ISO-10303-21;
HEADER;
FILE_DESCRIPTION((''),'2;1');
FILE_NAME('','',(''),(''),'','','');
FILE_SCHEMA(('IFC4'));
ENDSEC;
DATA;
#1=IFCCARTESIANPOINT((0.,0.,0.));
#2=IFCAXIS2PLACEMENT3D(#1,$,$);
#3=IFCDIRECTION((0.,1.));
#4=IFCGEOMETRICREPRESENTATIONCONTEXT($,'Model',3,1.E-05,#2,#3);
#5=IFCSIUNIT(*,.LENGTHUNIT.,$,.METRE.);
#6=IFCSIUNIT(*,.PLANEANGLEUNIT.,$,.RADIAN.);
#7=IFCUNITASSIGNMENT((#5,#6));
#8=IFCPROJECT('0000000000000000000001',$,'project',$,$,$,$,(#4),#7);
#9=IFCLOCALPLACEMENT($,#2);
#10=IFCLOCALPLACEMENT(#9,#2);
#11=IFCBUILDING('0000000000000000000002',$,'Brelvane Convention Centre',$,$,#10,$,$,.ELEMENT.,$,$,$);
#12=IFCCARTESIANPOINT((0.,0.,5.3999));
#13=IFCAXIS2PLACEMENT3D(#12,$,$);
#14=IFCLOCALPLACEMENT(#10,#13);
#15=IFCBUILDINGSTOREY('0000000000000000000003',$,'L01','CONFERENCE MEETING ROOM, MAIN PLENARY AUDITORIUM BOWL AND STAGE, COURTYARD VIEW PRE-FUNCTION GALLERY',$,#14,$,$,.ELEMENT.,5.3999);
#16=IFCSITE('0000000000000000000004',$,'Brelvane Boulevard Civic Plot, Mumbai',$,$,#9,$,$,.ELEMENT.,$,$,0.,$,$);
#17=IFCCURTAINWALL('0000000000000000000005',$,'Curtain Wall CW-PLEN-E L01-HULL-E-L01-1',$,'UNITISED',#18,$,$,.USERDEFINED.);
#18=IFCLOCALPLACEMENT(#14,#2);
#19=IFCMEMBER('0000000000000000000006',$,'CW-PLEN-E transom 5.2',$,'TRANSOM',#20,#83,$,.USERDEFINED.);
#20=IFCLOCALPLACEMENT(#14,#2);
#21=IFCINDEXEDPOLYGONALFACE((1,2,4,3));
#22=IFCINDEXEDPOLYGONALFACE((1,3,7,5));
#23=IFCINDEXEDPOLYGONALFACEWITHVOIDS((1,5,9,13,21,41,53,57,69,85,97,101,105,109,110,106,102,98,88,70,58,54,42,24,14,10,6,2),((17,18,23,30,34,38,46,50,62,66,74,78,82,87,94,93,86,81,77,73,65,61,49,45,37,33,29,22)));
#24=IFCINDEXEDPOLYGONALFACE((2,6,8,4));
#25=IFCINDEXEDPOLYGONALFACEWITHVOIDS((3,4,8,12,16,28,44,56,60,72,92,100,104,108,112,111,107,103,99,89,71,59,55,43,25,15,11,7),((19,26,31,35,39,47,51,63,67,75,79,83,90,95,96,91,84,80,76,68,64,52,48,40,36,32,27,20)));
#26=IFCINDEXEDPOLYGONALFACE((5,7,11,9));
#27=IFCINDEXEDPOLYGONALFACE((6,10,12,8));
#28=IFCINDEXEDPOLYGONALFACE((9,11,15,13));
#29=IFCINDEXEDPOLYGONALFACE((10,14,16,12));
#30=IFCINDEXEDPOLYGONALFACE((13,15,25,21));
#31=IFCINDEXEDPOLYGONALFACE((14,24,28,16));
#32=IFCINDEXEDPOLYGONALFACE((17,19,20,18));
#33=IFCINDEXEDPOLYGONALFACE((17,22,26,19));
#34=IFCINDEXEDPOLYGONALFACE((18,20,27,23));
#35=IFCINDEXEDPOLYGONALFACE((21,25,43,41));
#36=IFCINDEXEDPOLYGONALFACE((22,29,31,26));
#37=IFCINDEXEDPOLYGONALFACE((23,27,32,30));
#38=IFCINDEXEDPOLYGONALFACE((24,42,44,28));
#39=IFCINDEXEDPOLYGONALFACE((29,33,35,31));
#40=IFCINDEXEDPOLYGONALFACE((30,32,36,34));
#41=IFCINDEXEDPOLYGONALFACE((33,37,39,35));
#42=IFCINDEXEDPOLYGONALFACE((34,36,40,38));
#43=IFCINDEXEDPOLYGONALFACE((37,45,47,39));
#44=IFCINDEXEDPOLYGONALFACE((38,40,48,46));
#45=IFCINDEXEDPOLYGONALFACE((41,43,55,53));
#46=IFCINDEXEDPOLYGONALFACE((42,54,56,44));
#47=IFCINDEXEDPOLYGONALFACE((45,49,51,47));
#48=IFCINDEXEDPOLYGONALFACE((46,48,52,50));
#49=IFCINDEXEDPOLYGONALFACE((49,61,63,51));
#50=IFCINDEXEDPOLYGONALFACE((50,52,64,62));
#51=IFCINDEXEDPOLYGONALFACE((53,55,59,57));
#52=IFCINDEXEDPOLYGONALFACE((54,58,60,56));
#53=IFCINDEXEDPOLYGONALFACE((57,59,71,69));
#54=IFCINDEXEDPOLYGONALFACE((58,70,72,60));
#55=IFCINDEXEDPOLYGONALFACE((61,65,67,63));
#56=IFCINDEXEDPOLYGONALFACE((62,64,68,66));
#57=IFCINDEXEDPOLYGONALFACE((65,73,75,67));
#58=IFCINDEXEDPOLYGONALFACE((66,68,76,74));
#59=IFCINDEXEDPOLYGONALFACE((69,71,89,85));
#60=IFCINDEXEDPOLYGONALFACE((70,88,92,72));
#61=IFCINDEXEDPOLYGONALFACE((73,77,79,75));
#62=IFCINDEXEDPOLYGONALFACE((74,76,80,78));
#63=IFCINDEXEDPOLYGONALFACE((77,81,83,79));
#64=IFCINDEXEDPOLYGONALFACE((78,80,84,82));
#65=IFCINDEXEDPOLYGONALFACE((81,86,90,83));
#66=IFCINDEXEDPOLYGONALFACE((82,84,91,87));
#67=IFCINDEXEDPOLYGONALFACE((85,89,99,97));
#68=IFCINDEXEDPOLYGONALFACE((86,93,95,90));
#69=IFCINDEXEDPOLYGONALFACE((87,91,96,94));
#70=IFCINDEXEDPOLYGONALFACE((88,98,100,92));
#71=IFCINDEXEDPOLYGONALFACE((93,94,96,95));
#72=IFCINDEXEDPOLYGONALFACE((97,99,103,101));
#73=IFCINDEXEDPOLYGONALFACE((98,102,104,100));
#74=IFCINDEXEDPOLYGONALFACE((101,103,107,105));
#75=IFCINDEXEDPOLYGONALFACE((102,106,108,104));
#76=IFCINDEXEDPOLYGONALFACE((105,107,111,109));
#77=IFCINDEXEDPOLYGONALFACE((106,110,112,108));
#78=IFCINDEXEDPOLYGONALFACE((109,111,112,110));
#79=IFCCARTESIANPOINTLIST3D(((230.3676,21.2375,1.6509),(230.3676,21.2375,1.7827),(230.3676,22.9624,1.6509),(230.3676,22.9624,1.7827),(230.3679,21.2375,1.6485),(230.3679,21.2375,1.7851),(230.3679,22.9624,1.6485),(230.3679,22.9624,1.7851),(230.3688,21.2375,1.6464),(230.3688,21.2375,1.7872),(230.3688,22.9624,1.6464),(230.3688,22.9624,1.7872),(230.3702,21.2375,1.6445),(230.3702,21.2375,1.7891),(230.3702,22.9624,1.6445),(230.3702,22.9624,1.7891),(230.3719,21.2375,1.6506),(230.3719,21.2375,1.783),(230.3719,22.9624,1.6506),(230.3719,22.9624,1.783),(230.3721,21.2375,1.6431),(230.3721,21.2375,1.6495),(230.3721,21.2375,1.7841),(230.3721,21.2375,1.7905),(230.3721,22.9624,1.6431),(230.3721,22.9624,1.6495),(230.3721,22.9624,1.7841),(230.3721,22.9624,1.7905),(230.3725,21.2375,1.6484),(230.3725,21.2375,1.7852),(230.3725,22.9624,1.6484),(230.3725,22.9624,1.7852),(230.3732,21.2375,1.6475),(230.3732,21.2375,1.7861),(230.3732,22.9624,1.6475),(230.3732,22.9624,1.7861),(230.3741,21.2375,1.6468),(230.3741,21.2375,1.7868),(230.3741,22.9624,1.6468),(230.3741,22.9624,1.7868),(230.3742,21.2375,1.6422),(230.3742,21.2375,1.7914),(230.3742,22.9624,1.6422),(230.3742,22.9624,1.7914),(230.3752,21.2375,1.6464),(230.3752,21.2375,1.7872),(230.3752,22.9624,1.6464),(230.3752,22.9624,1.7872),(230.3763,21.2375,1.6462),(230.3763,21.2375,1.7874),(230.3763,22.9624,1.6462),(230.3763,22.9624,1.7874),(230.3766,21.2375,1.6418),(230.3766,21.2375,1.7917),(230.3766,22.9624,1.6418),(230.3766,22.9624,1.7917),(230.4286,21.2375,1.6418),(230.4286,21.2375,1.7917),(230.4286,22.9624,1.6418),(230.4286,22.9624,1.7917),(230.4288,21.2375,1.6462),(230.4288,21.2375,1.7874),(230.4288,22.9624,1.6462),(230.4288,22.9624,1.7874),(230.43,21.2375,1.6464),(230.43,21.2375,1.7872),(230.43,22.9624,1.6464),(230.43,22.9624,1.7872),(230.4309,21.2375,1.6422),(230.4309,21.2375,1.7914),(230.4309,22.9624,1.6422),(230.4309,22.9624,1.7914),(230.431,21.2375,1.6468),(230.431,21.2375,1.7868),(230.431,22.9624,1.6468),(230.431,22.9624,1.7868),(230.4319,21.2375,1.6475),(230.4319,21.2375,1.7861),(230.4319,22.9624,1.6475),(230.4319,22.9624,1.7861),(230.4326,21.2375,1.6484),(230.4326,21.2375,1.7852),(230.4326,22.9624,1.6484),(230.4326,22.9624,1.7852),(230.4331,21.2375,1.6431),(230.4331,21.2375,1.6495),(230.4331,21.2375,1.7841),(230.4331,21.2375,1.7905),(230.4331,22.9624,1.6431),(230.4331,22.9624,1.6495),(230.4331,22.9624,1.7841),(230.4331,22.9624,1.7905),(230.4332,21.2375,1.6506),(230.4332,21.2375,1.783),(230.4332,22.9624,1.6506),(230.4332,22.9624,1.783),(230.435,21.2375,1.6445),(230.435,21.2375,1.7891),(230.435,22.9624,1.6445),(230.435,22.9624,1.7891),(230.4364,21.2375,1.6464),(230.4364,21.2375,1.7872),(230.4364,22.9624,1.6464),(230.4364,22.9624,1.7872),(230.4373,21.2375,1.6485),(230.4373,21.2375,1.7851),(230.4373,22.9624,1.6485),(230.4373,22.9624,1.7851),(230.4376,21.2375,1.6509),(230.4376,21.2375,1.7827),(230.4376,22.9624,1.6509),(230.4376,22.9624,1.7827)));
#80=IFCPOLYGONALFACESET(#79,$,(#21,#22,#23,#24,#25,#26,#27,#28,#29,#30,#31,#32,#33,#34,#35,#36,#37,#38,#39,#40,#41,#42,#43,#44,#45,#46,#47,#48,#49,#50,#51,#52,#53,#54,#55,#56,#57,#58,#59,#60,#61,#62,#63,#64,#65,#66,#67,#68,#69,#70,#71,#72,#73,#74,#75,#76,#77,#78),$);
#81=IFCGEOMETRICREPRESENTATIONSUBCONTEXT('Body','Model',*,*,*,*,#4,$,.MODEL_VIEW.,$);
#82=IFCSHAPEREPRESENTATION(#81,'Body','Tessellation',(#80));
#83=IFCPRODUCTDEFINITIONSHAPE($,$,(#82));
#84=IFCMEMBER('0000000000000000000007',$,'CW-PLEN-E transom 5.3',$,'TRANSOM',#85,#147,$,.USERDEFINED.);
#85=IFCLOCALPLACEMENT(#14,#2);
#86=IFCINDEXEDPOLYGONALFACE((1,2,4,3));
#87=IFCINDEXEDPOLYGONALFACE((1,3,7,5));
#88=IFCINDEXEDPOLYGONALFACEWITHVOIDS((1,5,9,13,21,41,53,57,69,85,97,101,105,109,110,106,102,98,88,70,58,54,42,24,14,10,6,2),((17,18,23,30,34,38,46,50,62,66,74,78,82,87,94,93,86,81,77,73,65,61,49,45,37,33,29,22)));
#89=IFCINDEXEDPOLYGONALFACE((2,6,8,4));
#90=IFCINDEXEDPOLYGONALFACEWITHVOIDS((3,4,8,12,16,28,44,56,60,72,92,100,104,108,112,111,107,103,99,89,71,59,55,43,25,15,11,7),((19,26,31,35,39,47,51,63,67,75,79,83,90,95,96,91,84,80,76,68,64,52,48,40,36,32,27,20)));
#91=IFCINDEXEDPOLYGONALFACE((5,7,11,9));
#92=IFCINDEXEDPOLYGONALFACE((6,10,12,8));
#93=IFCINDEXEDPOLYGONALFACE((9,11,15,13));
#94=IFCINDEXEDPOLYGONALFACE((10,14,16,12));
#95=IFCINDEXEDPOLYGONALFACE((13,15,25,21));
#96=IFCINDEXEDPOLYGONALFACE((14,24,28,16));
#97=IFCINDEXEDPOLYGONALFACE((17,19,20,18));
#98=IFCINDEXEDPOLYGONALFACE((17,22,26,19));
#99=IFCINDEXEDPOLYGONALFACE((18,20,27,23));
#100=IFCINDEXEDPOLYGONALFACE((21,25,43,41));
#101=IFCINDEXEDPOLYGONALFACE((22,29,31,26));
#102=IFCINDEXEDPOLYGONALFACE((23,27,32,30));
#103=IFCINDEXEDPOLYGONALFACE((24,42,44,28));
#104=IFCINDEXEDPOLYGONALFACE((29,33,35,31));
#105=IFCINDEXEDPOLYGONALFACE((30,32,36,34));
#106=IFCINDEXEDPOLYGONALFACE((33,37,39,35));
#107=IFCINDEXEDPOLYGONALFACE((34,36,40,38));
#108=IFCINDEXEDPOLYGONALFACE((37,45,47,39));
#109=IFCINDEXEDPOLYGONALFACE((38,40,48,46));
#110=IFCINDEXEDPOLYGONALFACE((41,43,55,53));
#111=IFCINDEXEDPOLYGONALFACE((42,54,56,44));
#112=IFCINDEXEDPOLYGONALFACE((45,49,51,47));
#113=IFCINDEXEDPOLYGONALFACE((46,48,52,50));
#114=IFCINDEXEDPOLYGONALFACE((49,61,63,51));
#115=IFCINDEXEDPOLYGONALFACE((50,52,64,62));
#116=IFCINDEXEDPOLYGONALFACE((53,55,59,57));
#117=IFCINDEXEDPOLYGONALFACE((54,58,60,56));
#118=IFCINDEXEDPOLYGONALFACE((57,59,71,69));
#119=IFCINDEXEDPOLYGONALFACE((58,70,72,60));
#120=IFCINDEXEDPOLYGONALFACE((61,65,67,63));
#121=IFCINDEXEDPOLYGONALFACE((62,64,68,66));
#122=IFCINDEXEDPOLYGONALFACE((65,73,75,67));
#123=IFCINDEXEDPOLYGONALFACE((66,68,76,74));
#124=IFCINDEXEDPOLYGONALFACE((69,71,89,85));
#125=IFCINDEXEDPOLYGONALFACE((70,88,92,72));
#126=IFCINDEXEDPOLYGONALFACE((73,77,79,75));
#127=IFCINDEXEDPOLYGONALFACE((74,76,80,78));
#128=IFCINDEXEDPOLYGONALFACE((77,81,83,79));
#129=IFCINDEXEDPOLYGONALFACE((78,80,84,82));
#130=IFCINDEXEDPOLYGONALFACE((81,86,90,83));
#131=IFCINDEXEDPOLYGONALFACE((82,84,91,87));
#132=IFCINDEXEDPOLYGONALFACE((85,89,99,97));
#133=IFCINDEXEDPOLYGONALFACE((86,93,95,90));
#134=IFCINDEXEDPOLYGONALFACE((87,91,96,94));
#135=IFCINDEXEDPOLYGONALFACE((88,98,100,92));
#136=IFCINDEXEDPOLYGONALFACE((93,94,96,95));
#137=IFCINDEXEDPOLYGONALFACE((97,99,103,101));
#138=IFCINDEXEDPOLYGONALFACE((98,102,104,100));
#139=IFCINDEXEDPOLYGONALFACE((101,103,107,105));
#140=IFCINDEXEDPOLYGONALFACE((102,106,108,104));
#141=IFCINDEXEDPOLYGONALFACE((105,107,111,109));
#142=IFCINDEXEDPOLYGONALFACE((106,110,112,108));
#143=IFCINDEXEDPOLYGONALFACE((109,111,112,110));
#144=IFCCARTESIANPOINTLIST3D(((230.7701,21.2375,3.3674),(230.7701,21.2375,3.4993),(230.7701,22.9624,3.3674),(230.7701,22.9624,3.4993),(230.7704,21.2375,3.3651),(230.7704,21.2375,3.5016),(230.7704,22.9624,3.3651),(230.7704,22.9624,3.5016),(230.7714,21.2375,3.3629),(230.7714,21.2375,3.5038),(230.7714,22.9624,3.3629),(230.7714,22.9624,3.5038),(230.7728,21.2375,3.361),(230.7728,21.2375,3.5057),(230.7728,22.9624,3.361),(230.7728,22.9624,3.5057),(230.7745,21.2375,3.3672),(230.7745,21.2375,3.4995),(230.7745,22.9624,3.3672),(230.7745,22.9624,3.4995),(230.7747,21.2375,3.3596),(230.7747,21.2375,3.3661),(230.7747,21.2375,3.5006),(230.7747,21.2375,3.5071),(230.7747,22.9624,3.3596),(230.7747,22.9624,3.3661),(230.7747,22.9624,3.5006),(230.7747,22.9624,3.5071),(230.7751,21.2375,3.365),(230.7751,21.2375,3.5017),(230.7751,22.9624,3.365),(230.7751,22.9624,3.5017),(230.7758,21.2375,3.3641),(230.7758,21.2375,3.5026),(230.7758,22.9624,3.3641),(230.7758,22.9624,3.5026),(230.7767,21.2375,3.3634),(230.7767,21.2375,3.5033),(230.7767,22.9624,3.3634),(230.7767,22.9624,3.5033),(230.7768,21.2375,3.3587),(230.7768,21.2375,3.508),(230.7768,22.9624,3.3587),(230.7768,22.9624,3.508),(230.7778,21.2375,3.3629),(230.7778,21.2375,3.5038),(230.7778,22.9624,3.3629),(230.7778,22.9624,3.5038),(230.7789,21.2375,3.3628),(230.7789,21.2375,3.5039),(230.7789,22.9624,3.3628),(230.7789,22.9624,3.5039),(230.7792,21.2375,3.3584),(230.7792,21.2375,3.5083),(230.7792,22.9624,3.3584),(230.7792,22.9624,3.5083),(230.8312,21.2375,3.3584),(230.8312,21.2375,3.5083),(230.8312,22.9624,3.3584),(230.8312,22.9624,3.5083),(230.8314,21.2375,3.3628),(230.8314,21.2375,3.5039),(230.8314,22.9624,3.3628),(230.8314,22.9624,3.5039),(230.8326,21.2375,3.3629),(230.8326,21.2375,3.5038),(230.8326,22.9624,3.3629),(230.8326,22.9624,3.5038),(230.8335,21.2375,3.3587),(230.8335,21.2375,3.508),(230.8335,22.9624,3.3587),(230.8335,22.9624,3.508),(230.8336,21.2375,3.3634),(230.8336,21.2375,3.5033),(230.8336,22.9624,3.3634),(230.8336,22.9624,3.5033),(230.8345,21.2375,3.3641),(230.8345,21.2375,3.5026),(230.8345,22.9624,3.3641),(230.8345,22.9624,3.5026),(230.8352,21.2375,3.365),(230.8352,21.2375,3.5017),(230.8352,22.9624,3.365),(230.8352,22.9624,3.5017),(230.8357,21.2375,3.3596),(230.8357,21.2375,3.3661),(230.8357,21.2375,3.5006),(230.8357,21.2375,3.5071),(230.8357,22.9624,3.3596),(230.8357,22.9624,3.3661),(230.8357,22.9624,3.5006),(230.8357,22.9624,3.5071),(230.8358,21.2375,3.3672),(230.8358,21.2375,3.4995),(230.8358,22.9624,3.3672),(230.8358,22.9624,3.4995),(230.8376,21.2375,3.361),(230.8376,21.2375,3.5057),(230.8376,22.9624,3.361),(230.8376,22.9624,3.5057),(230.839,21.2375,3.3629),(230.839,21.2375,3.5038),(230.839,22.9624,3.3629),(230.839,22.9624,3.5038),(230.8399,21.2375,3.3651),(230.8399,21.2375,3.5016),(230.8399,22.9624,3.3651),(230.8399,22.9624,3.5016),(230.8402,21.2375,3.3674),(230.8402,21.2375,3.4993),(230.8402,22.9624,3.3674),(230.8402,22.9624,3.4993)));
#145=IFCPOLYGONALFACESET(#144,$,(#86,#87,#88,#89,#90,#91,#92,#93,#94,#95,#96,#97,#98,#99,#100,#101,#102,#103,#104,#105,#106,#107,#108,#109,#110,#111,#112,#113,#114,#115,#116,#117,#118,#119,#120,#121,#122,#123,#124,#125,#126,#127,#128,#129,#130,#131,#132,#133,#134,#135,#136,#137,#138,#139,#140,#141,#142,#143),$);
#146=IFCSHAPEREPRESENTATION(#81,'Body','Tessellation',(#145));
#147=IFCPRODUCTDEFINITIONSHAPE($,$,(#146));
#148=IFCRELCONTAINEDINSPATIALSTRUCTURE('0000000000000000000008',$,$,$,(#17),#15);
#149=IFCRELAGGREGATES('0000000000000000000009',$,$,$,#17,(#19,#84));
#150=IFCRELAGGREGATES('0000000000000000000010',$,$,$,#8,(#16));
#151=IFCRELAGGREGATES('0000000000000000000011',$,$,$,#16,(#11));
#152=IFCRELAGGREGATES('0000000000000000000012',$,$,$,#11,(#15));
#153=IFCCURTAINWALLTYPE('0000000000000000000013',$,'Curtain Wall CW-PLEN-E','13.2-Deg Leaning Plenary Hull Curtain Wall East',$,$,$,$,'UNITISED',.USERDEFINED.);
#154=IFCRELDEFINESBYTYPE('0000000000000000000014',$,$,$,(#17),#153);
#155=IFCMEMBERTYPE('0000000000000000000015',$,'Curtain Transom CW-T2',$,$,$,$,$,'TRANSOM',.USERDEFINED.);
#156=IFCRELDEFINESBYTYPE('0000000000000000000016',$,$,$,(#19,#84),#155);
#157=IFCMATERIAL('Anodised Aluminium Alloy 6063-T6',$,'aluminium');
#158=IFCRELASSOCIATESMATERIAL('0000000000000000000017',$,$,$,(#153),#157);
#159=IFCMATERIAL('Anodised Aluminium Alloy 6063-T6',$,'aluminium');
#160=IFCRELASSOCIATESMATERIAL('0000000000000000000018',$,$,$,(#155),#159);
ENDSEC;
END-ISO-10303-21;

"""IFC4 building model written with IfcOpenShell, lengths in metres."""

from ifc_helpers import new_model, si_unit, direction, frame, origin, origin_2d, place, context, subcontext, project, spatial, hollow_rectangle, extrude, material, material_profile, profile_set, type_object, element, aggregate, save


model = new_model("IFC4")

# Units and contexts
model_context = context("Model", 3, precision=1e-05, world=origin(), true_north=direction((0.0, 1.0)))
body_context = subcontext(model_context, "Body", "Model", "MODEL_VIEW")
ifc_project = project(units=[si_unit("LENGTHUNIT", "METRE"), si_unit("PLANEANGLEUNIT", "RADIAN")], contexts=[model_context])

# Site, building, storey
site_placement = place(None, origin())
site = spatial("IfcSite", under=ifc_project, at=site_placement, Name="Brelvane Boulevard Civic Plot, Mumbai", CompositionType="ELEMENT", RefElevation=0.0)
building_placement = place(site_placement, origin())
building = spatial("IfcBuilding", under=site, at=building_placement, Name="Brelvane Convention Centre", CompositionType="ELEMENT")
storey_placement = place(building_placement, frame((0.0, 0.0, 5.3999)))
storey = spatial("IfcBuildingStorey", under=building, at=storey_placement, Name="L01", Description="CONFERENCE MEETING ROOM, MAIN PLENARY AUDITORIUM BOWL AND STAGE, COURTYARD VIEW PRE-FUNCTION GALLERY", CompositionType="ELEMENT", Elevation=5.3999)

# Curtain wall, members
ifc_material_1 = material(Name="Anodised Aluminium Alloy 6063-T6", Category="aluminium")
curtain_wall_type = type_object("IfcCurtainWallType", Name="Curtain Wall CW-PLEN-E", Description="13.2-Deg Leaning Plenary Hull Curtain Wall East", ElementType="UNITISED", PredefinedType="USERDEFINED", material=ifc_material_1)
curtain_wall_placement = place(storey_placement, origin())
curtain_wall = element("IfcCurtainWall", 1, at=curtain_wall_placement, inside=storey, type_object=curtain_wall_type, Name="Curtain Wall CW-PLEN-E L01-HULL-E-L01-1", ObjectType="UNITISED", PredefinedType="USERDEFINED")
ifc_material_2 = material(Name="Anodised Aluminium Alloy 6063-T6", Category="aluminium")
ifc_material_profile_1 = material_profile(ifc_material_2, hollow_rectangle(XDim=0.0701, YDim=0.1499, WallThickness=0.0044, InnerFilletRadius=0.0044, OuterFilletRadius=0.009, at=origin_2d()), Name="ALU-T 150x70x4.5")
ifc_profile_set_1 = profile_set([ifc_material_profile_1], Name="Anodised Aluminium Alloy 6063-T6")
member_type_1 = type_object("IfcMemberType", Name="Curtain Transom CW-T2", ElementType="TRANSOM", PredefinedType="USERDEFINED", material=ifc_profile_set_1)
member_1_placement = place(storey_placement, frame((230.4026, 21.2375, 1.7168), z_axis=(0.0, 1.0, 0.0), x_axis=(-1.0, 0.0, 0.0)))
member_1 = element("IfcMember", 2, at=member_1_placement, type_object=member_type_1, Name="CW-PLEN-E transom 5.2", ObjectType="TRANSOM", PredefinedType="USERDEFINED", context=body_context, shape_type="SweptSolid", body=[
    extrude(hollow_rectangle(XDim=0.0701, YDim=0.1499, WallThickness=0.0044, InnerFilletRadius=0.0044, OuterFilletRadius=0.009, at=origin_2d()), origin(), (0.0, 0.0, 1.0), 1.7249),
])
member_2_placement = place(storey_placement, frame((230.8052, 21.2375, 3.4333), z_axis=(0.0, 1.0, 0.0), x_axis=(-1.0, 0.0, 0.0)))
member_2 = element("IfcMember", 3, at=member_2_placement, type_object=member_type_1, Name="CW-PLEN-E transom 5.3", ObjectType="TRANSOM", PredefinedType="USERDEFINED", context=body_context, shape_type="SweptSolid", body=[
    extrude(hollow_rectangle(XDim=0.0701, YDim=0.1499, WallThickness=0.0044, InnerFilletRadius=0.0044, OuterFilletRadius=0.009, at=origin_2d()), origin(), (0.0, 0.0, 1.0), 1.7249),
])
aggregate(curtain_wall, [member_1, member_2])

save(model, "model.ifc")
